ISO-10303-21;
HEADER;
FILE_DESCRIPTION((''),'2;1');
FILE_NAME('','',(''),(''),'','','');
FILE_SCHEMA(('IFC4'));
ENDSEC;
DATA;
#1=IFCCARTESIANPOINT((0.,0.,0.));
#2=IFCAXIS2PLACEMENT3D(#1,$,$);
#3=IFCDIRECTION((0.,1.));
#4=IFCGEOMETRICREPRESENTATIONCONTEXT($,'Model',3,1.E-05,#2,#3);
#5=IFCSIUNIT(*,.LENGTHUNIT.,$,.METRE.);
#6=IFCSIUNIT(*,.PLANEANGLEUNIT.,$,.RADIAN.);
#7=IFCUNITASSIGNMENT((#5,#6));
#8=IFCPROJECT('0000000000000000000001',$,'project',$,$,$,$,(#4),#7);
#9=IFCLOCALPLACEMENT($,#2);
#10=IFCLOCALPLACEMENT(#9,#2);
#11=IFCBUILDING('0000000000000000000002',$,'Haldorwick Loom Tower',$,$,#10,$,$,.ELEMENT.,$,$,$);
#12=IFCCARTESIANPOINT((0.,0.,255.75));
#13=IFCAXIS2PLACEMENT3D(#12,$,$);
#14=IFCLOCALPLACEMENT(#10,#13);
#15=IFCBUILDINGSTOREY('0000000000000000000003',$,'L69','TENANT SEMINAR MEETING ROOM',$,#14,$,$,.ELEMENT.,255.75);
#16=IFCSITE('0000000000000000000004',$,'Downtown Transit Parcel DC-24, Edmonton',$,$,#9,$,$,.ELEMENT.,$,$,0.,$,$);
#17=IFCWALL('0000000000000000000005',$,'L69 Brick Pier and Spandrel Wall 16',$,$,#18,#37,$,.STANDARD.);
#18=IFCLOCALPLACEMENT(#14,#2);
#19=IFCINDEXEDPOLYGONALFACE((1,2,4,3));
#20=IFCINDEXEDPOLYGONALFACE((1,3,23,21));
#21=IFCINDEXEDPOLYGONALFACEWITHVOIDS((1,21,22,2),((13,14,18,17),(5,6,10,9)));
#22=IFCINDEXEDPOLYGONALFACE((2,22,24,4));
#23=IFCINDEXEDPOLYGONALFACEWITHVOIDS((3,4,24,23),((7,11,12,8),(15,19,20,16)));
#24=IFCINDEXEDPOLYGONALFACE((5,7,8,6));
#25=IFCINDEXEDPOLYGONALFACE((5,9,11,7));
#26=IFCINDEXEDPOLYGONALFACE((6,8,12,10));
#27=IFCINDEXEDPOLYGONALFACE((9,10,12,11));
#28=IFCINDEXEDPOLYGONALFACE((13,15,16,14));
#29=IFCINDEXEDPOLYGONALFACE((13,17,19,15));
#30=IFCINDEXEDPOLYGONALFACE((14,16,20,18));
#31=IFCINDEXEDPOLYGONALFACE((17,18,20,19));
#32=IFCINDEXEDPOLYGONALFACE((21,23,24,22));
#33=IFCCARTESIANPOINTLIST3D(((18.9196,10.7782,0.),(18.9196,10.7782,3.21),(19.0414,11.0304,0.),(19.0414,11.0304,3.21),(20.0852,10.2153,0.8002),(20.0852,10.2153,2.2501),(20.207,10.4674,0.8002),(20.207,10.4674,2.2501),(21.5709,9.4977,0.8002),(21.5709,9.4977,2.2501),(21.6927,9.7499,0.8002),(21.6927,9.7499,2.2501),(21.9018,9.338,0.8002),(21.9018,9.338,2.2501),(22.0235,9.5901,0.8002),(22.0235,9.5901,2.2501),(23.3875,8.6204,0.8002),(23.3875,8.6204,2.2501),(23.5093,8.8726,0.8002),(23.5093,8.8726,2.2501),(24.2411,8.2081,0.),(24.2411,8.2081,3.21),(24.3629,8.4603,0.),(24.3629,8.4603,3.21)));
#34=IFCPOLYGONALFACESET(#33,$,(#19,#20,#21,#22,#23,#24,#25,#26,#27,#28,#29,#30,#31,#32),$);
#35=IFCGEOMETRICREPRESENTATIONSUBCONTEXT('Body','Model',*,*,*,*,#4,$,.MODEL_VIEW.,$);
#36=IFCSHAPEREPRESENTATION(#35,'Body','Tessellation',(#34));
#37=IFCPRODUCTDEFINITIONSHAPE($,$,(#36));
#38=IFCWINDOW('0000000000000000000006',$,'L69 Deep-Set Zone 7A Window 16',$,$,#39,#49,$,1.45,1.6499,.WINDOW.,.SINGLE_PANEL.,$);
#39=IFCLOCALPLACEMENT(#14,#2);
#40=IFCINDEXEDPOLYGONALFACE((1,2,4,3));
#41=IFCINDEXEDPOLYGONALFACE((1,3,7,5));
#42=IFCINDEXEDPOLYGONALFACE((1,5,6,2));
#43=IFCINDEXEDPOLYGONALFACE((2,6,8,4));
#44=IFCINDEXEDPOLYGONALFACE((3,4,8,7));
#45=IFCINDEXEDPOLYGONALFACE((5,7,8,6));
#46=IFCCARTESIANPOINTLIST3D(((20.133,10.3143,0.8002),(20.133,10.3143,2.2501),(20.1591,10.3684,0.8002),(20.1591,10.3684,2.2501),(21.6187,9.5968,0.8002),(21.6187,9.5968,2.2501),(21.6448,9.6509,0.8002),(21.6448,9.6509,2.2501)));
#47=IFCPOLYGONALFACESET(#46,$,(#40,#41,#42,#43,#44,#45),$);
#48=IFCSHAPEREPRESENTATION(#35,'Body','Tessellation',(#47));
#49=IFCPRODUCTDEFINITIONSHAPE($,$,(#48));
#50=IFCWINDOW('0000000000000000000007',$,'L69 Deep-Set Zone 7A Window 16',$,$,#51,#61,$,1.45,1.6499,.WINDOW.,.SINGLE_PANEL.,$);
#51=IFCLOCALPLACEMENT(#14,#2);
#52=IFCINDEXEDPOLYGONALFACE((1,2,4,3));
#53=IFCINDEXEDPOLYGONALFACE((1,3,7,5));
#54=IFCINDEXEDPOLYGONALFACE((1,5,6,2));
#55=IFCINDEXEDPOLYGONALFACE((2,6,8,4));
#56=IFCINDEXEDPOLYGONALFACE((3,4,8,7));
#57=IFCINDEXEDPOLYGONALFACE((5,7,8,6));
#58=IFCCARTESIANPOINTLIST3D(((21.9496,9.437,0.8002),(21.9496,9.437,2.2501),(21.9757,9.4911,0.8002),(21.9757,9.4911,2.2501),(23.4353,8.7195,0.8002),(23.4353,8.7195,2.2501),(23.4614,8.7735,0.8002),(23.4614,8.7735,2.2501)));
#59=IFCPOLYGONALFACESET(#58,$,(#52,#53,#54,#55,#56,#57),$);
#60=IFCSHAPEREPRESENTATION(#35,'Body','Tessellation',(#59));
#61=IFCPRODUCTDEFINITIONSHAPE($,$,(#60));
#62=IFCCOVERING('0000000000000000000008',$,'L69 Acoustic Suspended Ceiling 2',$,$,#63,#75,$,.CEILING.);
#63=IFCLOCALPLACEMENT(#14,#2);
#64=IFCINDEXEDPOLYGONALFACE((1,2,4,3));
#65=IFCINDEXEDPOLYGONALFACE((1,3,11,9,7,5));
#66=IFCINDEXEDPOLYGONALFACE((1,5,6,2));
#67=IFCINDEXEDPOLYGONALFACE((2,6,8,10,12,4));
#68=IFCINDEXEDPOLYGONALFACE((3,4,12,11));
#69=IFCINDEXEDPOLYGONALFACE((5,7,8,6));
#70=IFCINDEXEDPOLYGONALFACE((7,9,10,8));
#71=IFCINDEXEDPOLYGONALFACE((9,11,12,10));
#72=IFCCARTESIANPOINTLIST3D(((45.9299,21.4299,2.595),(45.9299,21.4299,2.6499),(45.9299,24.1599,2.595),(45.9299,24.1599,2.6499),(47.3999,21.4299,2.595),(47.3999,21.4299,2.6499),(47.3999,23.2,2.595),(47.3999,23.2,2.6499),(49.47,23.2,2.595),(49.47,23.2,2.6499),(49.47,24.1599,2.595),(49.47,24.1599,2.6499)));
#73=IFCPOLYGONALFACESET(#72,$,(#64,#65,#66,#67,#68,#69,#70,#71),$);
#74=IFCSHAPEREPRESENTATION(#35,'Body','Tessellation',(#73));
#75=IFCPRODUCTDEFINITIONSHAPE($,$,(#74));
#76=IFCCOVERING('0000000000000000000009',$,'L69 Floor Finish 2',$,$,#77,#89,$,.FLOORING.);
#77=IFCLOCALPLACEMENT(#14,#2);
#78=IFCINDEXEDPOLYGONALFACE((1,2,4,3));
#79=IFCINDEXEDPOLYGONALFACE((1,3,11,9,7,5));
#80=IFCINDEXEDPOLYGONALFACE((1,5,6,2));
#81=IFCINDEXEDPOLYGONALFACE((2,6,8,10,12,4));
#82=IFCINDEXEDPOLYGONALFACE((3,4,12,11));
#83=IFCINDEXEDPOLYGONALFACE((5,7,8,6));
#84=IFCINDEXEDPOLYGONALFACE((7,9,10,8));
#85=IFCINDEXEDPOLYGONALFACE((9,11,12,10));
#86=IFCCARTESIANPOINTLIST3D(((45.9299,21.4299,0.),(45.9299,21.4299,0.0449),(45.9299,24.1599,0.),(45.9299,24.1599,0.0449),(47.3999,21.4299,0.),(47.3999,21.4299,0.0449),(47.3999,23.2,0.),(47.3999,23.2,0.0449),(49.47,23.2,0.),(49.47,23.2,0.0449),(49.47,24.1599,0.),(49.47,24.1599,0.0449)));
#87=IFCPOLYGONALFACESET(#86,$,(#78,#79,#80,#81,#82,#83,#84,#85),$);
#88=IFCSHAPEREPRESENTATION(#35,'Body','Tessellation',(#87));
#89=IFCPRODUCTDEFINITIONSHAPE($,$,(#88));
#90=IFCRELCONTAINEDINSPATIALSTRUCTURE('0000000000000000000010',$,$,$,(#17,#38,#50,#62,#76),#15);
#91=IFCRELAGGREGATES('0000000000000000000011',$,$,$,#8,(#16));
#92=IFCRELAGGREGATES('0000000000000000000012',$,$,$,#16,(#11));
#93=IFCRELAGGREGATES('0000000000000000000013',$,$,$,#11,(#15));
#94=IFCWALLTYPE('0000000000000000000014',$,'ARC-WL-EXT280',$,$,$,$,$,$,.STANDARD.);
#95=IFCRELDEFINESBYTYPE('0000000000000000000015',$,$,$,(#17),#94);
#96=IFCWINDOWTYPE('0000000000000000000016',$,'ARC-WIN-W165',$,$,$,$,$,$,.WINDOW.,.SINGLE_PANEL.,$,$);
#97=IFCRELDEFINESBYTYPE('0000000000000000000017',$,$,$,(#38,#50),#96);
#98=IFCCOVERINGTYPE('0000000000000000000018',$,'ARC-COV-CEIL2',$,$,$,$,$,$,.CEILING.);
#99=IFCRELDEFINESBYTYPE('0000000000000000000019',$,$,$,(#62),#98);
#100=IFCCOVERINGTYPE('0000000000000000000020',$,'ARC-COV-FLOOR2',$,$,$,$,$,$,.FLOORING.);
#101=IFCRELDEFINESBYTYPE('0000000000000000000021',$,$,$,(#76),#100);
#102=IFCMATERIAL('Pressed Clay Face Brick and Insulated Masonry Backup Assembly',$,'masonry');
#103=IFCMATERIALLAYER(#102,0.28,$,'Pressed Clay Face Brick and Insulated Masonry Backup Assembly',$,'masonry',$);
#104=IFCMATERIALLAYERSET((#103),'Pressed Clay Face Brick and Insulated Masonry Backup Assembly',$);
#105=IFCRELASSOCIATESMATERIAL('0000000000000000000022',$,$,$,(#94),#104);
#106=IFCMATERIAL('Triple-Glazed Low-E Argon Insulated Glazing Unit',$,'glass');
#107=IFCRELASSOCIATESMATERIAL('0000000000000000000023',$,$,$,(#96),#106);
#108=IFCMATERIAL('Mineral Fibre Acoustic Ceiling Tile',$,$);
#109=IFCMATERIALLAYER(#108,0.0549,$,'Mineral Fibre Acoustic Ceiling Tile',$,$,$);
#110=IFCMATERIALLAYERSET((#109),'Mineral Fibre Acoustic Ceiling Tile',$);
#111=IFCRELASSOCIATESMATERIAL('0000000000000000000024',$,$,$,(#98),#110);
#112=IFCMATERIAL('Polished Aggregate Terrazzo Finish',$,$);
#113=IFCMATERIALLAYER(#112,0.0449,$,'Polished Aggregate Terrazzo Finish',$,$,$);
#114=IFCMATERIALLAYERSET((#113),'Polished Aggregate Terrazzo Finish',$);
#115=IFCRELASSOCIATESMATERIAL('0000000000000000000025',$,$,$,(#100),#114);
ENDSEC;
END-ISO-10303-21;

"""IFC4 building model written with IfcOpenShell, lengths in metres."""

from ifc_helpers import new_model, si_unit, direction, frame, frame_2d, origin, place, context, subcontext, project, spatial, polyline, rectangle, outline, extrude, material, layer, layer_set, type_object, element, fill, save


model = new_model("IFC4")

# Units and contexts
model_context = context("Model", 3, precision=1e-05, world=origin(), true_north=direction((0.0, 1.0)))
body_context = subcontext(model_context, "Body", "Model", "MODEL_VIEW")
ifc_project = project(units=[si_unit("LENGTHUNIT", "METRE"), si_unit("PLANEANGLEUNIT", "RADIAN")], contexts=[model_context])

# Site, building, storey
site_placement = place(None, origin())
site = spatial("IfcSite", under=ifc_project, at=site_placement, Name="Downtown Transit Parcel DC-24, Edmonton", CompositionType="ELEMENT", RefElevation=0.0)
building_placement = place(site_placement, origin())
building = spatial("IfcBuilding", under=site, at=building_placement, Name="Haldorwick Loom Tower", CompositionType="ELEMENT")
storey_placement = place(building_placement, frame((0.0, 0.0, 255.75)))
storey = spatial("IfcBuildingStorey", under=building, at=storey_placement, Name="L69", Description="TENANT SEMINAR MEETING ROOM", CompositionType="ELEMENT", Elevation=255.75)

# Shared definitions
ifc_material_1 = material(Name="Pressed Clay Face Brick and Insulated Masonry Backup Assembly", Category="masonry")
ifc_layer_1 = layer(ifc_material_1, 0.28, Name="Pressed Clay Face Brick and Insulated Masonry Backup Assembly", Category="masonry")
ifc_layer_set_1 = layer_set([ifc_layer_1], Name="Pressed Clay Face Brick and Insulated Masonry Backup Assembly")
wall_type = type_object("IfcWallType", Name="ARC-WL-EXT280", PredefinedType="STANDARD", material=ifc_layer_set_1)

# Wall, openings, windows
wall_1_placement = place(storey_placement, frame((18.9805, 10.9043, 0.0), z_axis=(0.0, 0.0, 1.0), x_axis=(0.900482, -0.434893, 0.0)))
wall_1 = element("IfcWall", 1, at=wall_1_placement, inside=storey, type_object=wall_type, Name="L69 Brick Pier and Spandrel Wall 16", PredefinedType="STANDARD", context=body_context, shape_type="SweptSolid", body=[
    extrude(rectangle(XDim=5.9097, YDim=0.28, at=frame_2d((2.9548, 0.0))), origin(), (0.0, 0.0, 1.0), 3.21),
])
opening_1_placement = place(wall_1_placement, frame((1.2944, 0.0, 0.8)))
opening_1 = element("IfcOpeningElement", 2, at=opening_1_placement, cuts=wall_1, PredefinedType="OPENING", context=body_context, shape_type="SweptSolid", body=[
    extrude(rectangle(XDim=1.6499, YDim=1.45, at=frame_2d((0.825, 0.7251))), frame((0.0, 0.1499, 0.0), z_axis=(0.0, -1.0, 0.0), x_axis=(1.0, 0.0, 0.0)), (0.0, 0.0, 1.0), 0.3),
])
opening_2_placement = place(wall_1_placement, frame((3.3118, 0.0, 0.8)))
opening_2 = element("IfcOpeningElement", 3, at=opening_2_placement, cuts=wall_1, PredefinedType="OPENING", context=body_context, shape_type="SweptSolid", body=[
    extrude(rectangle(XDim=1.6499, YDim=1.45, at=frame_2d((0.825, 0.7251))), frame((0.0, 0.1499, 0.0), z_axis=(0.0, -1.0, 0.0), x_axis=(1.0, 0.0, 0.0)), (0.0, 0.0, 1.0), 0.3),
])
ifc_material_2 = material(Name="Triple-Glazed Low-E Argon Insulated Glazing Unit", Category="glass")
window_type = type_object("IfcWindowType", Name="ARC-WIN-W165", PartitioningType="SINGLE_PANEL", PredefinedType="WINDOW", material=ifc_material_2)
window_1_placement = place(opening_1_placement, origin())
window_1 = element("IfcWindow", 4, at=window_1_placement, inside=storey, type_object=window_type, Name="L69 Deep-Set Zone 7A Window 16", OverallHeight=1.45, OverallWidth=1.6499, PartitioningType="SINGLE_PANEL", PredefinedType="WINDOW", context=body_context, shape_type="SweptSolid", body=[
    extrude(rectangle(XDim=1.6499, YDim=1.45, at=frame_2d((0.825, 0.7251))), frame((0.0, 0.03, 0.0), z_axis=(0.0, -1.0, 0.0), x_axis=(1.0, 0.0, 0.0)), (0.0, 0.0, 1.0), 0.0601),
])
fill(opening_1, window_1)
window_2_placement = place(opening_2_placement, origin())
window_2 = element("IfcWindow", 5, at=window_2_placement, inside=storey, type_object=window_type, Name="L69 Deep-Set Zone 7A Window 16", OverallHeight=1.45, OverallWidth=1.6499, PartitioningType="SINGLE_PANEL", PredefinedType="WINDOW", context=body_context, shape_type="SweptSolid", body=[
    extrude(rectangle(XDim=1.6499, YDim=1.45, at=frame_2d((0.825, 0.7251))), frame((0.0, 0.03, 0.0), z_axis=(0.0, -1.0, 0.0), x_axis=(1.0, 0.0, 0.0)), (0.0, 0.0, 1.0), 0.0601),
])
fill(opening_2, window_2)

# Coverings
ifc_material_3 = material(Name="Mineral Fibre Acoustic Ceiling Tile")
ifc_layer_2 = layer(ifc_material_3, 0.0549, Name="Mineral Fibre Acoustic Ceiling Tile")
ifc_layer_set_2 = layer_set([ifc_layer_2], Name="Mineral Fibre Acoustic Ceiling Tile")
covering_type_1 = type_object("IfcCoveringType", Name="ARC-COV-CEIL2", PredefinedType="CEILING", material=ifc_layer_set_2)
covering_1_placement = place(storey_placement, frame((0.0, 0.0, 2.595)))
element("IfcCovering", 6, at=covering_1_placement, inside=storey, type_object=covering_type_1, Name="L69 Acoustic Suspended Ceiling 2", PredefinedType="CEILING", context=body_context, shape_type="SweptSolid", body=[
    extrude(outline(polyline([(45.9299, 24.1599), (45.9299, 21.4299), (47.3999, 21.4299), (47.3999, 23.2), (49.47, 23.2), (49.47, 24.1599), (45.9299, 24.1599)])), origin(), (0.0, 0.0, 1.0), 0.0549),
])
ifc_material_4 = material(Name="Polished Aggregate Terrazzo Finish")
ifc_layer_3 = layer(ifc_material_4, 0.0449, Name="Polished Aggregate Terrazzo Finish")
ifc_layer_set_3 = layer_set([ifc_layer_3], Name="Polished Aggregate Terrazzo Finish")
covering_type_2 = type_object("IfcCoveringType", Name="ARC-COV-FLOOR2", PredefinedType="FLOORING", material=ifc_layer_set_3)
covering_2_placement = place(storey_placement, origin())
element("IfcCovering", 7, at=covering_2_placement, inside=storey, type_object=covering_type_2, Name="L69 Floor Finish 2", PredefinedType="FLOORING", context=body_context, shape_type="SweptSolid", body=[
    extrude(outline(polyline([(45.9299, 24.1599), (45.9299, 21.4299), (47.3999, 21.4299), (47.3999, 23.2), (49.47, 23.2), (49.47, 24.1599), (45.9299, 24.1599)])), origin(), (0.0, 0.0, 1.0), 0.0449),
])

save(model, "model.ifc")
